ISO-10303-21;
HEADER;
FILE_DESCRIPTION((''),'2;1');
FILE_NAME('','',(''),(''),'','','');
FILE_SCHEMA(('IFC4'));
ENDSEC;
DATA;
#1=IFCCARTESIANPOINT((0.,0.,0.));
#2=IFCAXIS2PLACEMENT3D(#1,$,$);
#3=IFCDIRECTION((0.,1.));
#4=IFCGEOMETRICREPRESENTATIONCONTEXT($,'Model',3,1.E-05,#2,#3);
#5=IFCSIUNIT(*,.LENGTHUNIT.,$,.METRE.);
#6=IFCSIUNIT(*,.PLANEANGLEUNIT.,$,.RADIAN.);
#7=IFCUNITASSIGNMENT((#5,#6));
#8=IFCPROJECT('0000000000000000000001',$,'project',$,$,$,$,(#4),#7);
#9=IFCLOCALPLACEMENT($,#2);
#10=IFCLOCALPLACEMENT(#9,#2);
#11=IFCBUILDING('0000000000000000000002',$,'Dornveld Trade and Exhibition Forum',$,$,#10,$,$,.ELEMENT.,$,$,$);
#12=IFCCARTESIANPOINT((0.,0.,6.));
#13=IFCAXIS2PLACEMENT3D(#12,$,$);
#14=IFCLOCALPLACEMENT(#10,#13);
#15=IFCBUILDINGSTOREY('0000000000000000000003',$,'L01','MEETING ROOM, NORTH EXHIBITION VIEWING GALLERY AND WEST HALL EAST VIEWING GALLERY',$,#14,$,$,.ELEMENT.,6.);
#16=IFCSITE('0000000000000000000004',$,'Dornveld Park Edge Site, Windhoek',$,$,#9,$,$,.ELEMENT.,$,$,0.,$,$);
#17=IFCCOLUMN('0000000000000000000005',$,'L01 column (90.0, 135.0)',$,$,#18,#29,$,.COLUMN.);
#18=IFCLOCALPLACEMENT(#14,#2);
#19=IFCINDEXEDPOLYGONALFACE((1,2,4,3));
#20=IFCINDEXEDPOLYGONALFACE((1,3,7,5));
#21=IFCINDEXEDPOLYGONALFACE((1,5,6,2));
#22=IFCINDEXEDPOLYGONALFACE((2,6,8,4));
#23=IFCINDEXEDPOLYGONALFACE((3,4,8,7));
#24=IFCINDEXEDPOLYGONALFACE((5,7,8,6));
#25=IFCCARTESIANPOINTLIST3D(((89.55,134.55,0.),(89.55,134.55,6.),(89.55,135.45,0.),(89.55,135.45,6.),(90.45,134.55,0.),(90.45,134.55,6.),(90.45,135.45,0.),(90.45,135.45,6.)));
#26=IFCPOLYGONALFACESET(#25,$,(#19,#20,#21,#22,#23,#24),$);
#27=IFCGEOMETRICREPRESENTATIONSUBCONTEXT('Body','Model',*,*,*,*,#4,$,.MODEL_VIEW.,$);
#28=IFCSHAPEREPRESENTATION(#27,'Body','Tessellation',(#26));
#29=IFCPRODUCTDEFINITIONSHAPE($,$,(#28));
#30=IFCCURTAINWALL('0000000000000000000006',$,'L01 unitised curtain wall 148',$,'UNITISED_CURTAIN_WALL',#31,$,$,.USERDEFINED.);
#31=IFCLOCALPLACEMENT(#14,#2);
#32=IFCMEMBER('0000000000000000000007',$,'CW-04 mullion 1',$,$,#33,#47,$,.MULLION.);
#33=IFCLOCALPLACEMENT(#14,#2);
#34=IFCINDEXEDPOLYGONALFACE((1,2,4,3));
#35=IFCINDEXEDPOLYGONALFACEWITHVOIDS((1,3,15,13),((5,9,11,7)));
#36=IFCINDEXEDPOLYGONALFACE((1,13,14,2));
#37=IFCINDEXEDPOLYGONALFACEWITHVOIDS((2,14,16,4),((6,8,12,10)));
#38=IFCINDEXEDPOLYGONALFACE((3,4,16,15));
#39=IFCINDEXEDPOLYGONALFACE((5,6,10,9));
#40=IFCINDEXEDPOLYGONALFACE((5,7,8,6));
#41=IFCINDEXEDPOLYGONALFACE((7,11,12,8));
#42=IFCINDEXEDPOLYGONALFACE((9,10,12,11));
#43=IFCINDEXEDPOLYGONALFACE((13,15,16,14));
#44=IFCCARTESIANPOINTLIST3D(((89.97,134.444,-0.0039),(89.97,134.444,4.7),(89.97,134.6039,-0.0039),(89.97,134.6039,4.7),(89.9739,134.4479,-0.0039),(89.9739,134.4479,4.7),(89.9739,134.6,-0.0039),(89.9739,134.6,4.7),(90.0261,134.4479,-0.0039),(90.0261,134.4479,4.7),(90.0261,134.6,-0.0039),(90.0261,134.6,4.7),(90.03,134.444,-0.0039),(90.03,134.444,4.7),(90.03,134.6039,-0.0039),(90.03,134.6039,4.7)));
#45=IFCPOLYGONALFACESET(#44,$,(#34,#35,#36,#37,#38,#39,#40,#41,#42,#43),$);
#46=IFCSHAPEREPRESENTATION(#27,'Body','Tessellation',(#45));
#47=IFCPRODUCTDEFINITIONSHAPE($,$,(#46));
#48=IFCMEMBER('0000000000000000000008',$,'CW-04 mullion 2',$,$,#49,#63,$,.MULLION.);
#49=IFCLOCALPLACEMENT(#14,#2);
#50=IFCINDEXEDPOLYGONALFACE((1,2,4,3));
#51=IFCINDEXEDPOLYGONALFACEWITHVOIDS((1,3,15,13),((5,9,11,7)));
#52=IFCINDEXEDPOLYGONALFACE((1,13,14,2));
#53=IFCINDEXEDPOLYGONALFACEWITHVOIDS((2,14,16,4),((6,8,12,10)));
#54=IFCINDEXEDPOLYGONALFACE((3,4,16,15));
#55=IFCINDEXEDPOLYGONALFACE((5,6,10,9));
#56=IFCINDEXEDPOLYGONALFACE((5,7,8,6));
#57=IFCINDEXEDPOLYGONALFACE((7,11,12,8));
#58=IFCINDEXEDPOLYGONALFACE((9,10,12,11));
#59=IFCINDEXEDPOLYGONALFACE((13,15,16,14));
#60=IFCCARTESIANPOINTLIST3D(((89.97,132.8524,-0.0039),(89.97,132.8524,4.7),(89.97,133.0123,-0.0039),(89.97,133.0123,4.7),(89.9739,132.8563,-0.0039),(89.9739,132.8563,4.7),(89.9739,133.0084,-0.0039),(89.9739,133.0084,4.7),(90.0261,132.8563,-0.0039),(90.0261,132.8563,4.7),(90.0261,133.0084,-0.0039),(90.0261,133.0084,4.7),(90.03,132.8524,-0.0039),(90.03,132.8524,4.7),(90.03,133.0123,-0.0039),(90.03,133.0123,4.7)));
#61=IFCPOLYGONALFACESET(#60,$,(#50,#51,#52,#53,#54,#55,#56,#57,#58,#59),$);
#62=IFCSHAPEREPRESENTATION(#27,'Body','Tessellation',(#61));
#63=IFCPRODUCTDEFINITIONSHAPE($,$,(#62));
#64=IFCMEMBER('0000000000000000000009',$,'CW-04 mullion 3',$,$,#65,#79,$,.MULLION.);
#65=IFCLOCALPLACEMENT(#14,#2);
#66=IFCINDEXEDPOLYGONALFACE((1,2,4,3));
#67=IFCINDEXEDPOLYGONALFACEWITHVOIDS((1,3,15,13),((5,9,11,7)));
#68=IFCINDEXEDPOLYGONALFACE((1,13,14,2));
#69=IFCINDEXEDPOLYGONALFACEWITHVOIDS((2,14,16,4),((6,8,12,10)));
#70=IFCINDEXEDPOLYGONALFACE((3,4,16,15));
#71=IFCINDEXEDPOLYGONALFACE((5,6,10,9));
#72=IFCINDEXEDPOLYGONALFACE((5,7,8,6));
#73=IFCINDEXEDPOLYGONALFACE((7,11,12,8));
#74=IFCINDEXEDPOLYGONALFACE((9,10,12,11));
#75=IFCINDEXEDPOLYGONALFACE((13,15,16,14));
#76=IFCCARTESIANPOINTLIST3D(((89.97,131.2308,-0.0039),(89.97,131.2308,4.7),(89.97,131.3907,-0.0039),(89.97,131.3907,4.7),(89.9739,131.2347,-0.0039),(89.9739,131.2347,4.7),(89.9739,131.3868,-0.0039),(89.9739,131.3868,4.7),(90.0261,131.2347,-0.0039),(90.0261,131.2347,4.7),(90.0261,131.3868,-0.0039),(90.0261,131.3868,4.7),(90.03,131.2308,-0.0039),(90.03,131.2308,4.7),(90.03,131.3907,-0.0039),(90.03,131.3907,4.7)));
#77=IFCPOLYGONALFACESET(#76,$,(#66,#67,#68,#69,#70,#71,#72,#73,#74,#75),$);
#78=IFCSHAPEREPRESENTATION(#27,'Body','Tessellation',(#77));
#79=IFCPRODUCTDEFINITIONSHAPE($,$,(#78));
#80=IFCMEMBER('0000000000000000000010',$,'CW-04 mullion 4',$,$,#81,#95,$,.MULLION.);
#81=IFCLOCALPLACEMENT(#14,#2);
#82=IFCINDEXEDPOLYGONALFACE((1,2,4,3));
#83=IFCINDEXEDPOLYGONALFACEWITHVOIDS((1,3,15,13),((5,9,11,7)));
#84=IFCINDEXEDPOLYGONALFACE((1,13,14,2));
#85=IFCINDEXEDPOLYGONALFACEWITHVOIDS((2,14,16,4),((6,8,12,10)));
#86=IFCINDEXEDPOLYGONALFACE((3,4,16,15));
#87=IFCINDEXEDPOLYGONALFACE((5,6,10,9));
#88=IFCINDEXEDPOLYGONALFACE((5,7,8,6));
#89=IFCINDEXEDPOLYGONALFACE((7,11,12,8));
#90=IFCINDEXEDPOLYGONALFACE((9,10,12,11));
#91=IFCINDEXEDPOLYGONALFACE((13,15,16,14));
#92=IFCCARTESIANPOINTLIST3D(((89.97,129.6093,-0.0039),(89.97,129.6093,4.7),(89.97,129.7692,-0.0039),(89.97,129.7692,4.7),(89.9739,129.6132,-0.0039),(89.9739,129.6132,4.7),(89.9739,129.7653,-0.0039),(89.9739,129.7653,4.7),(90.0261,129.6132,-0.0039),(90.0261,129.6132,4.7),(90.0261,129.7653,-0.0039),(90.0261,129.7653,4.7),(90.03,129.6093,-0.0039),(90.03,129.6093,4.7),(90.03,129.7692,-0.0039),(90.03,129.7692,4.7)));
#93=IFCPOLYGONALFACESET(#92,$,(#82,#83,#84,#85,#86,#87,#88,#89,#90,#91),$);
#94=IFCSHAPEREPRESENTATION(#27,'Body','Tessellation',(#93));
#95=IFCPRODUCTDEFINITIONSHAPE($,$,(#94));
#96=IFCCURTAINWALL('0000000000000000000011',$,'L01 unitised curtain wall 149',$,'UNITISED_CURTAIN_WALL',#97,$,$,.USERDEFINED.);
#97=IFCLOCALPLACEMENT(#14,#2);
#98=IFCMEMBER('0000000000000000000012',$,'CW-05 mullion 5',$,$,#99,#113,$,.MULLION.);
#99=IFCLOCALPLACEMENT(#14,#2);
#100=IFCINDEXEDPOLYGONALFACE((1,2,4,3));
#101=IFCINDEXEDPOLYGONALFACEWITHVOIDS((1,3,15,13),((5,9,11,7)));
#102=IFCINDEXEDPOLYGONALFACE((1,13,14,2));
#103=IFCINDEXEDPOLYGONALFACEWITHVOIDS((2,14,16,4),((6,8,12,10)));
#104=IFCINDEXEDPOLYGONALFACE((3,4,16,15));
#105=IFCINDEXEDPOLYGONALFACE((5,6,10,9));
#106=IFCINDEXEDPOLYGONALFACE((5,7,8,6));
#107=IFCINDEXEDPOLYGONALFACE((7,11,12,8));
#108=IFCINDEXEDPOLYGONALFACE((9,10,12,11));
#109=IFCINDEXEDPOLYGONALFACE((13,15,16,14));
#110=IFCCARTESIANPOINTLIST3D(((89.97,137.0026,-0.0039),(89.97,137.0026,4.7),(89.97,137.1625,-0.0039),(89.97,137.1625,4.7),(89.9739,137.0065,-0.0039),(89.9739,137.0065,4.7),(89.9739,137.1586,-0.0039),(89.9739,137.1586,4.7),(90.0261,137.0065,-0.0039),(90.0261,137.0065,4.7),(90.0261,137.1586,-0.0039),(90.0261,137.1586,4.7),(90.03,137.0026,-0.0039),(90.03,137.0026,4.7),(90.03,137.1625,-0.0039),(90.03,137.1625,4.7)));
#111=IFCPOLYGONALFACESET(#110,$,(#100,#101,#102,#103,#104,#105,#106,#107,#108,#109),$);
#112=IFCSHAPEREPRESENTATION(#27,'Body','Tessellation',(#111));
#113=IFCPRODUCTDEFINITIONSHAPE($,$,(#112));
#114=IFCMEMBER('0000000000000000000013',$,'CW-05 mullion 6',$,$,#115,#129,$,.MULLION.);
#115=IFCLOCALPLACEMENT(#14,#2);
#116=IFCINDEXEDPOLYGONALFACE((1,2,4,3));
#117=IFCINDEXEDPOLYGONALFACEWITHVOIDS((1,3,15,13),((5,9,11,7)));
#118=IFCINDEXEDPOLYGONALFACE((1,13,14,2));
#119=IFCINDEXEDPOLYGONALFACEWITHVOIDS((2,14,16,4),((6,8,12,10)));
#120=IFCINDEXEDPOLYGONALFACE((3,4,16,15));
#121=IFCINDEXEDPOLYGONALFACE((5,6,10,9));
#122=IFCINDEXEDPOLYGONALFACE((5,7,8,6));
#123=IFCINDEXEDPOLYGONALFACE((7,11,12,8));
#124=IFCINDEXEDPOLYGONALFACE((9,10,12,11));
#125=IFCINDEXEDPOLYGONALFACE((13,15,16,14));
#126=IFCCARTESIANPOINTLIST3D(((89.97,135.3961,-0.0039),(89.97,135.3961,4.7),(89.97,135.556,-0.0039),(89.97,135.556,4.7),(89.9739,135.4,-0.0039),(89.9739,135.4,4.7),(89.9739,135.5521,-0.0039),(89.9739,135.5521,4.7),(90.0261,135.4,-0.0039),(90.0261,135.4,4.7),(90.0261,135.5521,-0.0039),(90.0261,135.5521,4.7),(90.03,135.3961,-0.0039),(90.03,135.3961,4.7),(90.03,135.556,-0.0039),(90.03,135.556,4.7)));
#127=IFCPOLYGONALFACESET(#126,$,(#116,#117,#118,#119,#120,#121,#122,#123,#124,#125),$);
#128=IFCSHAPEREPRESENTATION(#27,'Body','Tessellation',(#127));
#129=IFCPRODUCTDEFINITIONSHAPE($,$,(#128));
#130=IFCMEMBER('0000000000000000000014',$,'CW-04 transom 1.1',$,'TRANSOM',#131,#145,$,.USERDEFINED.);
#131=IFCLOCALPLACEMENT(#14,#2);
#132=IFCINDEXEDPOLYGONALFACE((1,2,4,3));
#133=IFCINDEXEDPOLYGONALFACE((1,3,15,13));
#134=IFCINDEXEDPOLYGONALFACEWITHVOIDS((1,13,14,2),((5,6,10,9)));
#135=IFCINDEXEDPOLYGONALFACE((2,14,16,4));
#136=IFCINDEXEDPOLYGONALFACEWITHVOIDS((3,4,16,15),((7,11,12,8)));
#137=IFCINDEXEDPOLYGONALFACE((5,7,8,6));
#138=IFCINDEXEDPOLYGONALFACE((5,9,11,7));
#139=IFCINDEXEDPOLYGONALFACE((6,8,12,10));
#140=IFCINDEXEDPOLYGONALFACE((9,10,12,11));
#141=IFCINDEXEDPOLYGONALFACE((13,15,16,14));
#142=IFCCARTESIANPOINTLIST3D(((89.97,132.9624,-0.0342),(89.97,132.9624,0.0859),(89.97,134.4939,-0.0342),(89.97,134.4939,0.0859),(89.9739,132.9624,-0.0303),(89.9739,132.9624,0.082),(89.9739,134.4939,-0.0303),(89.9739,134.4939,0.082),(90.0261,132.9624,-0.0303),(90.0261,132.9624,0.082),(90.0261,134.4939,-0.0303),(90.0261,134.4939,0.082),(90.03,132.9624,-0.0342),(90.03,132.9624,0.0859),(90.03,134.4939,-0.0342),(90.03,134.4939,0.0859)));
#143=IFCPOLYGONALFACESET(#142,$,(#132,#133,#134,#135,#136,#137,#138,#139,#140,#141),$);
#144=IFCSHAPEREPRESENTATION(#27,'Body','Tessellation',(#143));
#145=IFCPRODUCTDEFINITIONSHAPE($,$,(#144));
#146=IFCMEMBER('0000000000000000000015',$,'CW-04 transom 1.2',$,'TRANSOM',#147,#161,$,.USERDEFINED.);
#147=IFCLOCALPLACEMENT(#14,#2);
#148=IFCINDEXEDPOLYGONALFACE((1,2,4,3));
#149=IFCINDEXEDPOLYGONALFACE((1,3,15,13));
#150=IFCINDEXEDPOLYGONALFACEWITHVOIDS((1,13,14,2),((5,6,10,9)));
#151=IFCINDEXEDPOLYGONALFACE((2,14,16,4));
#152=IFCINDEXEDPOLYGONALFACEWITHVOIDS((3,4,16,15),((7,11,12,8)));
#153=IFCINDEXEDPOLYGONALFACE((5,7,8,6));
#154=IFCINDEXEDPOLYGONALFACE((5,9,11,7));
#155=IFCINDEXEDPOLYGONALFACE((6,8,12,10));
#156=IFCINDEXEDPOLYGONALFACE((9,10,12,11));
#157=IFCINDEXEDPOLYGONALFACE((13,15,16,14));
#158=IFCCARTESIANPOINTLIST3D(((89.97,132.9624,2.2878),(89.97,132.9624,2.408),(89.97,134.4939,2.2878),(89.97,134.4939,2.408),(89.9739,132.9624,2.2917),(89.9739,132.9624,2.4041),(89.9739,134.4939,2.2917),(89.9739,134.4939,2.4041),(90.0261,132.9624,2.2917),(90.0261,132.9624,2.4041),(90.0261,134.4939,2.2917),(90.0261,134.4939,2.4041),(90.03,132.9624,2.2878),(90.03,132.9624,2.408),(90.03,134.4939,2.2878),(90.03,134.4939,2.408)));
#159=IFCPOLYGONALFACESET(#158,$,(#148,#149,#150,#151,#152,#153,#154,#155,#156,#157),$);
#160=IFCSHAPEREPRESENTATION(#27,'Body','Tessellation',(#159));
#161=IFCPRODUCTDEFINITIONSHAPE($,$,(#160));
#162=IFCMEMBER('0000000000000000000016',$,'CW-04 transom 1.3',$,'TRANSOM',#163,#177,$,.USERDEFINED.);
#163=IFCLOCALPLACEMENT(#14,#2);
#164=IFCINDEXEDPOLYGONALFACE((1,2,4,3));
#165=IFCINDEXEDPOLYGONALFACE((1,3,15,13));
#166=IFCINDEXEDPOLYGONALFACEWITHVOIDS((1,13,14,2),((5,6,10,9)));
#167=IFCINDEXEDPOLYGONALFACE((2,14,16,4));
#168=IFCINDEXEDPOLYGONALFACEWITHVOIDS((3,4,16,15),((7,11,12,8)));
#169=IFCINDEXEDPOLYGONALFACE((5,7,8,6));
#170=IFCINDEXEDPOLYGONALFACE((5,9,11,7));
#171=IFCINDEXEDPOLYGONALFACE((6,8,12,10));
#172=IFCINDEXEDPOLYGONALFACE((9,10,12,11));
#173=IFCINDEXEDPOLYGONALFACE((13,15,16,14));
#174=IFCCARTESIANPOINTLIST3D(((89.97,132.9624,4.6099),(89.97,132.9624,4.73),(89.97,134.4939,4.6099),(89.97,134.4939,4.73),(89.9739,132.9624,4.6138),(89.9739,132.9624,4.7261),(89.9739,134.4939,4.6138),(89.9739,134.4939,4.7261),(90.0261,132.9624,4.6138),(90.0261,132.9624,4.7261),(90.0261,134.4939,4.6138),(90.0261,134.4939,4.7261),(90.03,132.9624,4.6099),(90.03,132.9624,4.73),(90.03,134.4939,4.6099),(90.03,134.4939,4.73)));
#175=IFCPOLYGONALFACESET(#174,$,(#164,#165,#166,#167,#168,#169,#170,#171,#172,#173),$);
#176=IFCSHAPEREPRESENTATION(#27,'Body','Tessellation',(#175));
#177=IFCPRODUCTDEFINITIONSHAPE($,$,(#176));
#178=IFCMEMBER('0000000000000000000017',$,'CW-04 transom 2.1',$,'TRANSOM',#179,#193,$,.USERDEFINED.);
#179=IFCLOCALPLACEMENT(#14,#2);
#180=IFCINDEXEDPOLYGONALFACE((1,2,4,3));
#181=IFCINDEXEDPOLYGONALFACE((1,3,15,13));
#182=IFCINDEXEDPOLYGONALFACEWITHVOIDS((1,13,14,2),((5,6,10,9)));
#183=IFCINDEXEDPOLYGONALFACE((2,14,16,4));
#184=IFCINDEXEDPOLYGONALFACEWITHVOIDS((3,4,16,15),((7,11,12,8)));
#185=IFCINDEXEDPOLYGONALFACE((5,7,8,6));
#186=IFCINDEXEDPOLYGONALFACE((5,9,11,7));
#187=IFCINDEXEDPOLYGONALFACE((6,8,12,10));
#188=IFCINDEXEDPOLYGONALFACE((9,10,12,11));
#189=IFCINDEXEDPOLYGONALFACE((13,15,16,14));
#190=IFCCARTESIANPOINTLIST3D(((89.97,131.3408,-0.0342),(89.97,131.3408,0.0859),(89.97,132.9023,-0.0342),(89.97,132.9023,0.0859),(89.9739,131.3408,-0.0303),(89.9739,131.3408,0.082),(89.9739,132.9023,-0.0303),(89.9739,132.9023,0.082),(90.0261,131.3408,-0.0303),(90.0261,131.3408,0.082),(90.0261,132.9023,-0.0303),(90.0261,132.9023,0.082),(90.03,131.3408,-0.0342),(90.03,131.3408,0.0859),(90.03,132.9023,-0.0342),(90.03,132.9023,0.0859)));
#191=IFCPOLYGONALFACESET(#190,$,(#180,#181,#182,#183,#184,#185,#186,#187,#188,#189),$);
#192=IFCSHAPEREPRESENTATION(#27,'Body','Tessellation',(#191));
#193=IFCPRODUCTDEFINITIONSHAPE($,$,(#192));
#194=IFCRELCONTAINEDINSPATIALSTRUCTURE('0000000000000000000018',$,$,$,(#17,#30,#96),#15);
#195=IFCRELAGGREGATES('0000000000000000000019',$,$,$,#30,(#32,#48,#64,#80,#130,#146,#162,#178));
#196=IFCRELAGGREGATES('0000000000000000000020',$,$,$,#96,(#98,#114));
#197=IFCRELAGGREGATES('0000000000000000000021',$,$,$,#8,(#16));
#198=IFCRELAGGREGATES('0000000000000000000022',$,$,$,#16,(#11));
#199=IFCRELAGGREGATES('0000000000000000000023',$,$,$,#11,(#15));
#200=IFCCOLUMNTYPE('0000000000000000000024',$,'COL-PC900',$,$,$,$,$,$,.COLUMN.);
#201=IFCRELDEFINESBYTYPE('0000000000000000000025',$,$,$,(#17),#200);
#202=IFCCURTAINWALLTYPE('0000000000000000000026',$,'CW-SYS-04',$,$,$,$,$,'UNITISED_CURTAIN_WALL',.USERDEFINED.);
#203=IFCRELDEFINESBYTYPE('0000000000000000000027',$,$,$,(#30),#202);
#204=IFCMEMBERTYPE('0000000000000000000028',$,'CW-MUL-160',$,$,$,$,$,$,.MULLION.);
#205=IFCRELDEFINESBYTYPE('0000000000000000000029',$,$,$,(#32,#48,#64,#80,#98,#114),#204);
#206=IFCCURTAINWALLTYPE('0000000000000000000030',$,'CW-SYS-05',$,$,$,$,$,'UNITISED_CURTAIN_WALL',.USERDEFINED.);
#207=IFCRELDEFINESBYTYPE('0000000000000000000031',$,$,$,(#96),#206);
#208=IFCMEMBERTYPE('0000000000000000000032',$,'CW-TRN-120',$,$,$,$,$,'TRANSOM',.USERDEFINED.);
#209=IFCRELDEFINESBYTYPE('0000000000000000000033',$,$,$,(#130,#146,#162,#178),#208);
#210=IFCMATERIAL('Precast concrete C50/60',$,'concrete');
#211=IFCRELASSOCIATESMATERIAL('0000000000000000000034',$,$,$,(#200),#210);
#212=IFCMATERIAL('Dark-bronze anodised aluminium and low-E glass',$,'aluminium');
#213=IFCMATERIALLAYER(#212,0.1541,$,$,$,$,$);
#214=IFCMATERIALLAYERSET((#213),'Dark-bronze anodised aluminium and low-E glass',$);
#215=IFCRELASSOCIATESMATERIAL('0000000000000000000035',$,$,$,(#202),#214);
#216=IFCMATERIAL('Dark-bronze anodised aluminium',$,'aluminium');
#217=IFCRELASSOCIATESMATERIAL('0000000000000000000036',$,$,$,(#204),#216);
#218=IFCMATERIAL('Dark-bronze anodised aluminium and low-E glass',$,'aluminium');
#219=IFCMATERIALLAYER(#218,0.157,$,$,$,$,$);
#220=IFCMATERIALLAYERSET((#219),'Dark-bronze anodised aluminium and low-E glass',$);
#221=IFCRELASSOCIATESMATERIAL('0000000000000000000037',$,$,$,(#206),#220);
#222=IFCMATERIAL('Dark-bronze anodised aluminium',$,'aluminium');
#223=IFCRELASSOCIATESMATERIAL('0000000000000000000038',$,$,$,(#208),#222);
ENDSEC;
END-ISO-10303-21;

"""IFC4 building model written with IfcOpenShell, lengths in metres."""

from ifc_helpers import new_model, si_unit, direction, frame, origin, origin_2d, place, context, subcontext, project, spatial, rectangle, hollow_rectangle, extrude, material, layer, layer_set, material_profile, profile_set, type_object, element, aggregate, save


model = new_model("IFC4")

# Units and contexts
model_context = context("Model", 3, precision=1e-05, world=origin(), true_north=direction((0.0, 1.0)))
body_context = subcontext(model_context, "Body", "Model", "MODEL_VIEW")
ifc_project = project(units=[si_unit("LENGTHUNIT", "METRE"), si_unit("PLANEANGLEUNIT", "RADIAN")], contexts=[model_context])

# Site, building, storey
site_placement = place(None, origin())
site = spatial("IfcSite", under=ifc_project, at=site_placement, Name="Dornveld Park Edge Site, Windhoek", CompositionType="ELEMENT", RefElevation=0.0)
building_placement = place(site_placement, origin())
building = spatial("IfcBuilding", under=site, at=building_placement, Name="Dornveld Trade and Exhibition Forum", CompositionType="ELEMENT")
storey_placement = place(building_placement, frame((0.0, 0.0, 6.0)))
storey = spatial("IfcBuildingStorey", under=building, at=storey_placement, Name="L01", Description="MEETING ROOM, NORTH EXHIBITION VIEWING GALLERY AND WEST HALL EAST VIEWING GALLERY", CompositionType="ELEMENT", Elevation=6.0)

# Column
ifc_material_1 = material(Name="Precast concrete C50/60", Category="concrete")
ifc_material_profile_1 = material_profile(ifc_material_1, rectangle(XDim=0.8999, YDim=0.8999, at=origin_2d()), Name="PC-COL 900x900")
ifc_profile_set_1 = profile_set([ifc_material_profile_1], Name="Precast concrete C50/60")
column_type = type_object("IfcColumnType", Name="COL-PC900", PredefinedType="COLUMN", material=ifc_profile_set_1)
column_placement = place(storey_placement, frame((90.0, 135.0, 0.0), z_axis=(0.0, 0.0, 1.0), x_axis=(1.0, 0.0, 0.0)))
element("IfcColumn", 1, at=column_placement, inside=storey, type_object=column_type, Name="L01 column (90.0, 135.0)", PredefinedType="COLUMN", context=body_context, shape_type="SweptSolid", body=[
    extrude(rectangle(XDim=0.8999, YDim=0.8999, at=origin_2d()), origin(), (0.0, 0.0, 1.0), 6.0),
])

# Curtain walls, members
ifc_material_2 = material(Name="Dark-bronze anodised aluminium and low-E glass", Category="aluminium")
ifc_layer_1 = layer(ifc_material_2, 0.1541)
ifc_layer_set_1 = layer_set([ifc_layer_1], Name="Dark-bronze anodised aluminium and low-E glass")
curtain_wall_type_1 = type_object("IfcCurtainWallType", Name="CW-SYS-04", ElementType="UNITISED_CURTAIN_WALL", PredefinedType="USERDEFINED", material=ifc_layer_set_1)
curtain_wall_1_placement = place(storey_placement, origin())
curtain_wall_1 = element("IfcCurtainWall", 2, at=curtain_wall_1_placement, inside=storey, type_object=curtain_wall_type_1, Name="L01 unitised curtain wall 148", ObjectType="UNITISED_CURTAIN_WALL", PredefinedType="USERDEFINED")
ifc_material_3 = material(Name="Dark-bronze anodised aluminium", Category="aluminium")
ifc_material_profile_2 = material_profile(ifc_material_3, hollow_rectangle(XDim=0.0601, YDim=0.1599, WallThickness=0.0039, at=origin_2d()), Name="RHS 160x60x4")
ifc_profile_set_2 = profile_set([ifc_material_profile_2], Name="Dark-bronze anodised aluminium")
member_type_1 = type_object("IfcMemberType", Name="CW-MUL-160", PredefinedType="MULLION", material=ifc_profile_set_2)
member_1_placement = place(storey_placement, frame((90.0, 134.5239, -0.0039), z_axis=(0.0, 0.0, 1.0), x_axis=(1.0, 0.0, 0.0)))
member_1 = element("IfcMember", 3, at=member_1_placement, type_object=member_type_1, Name="CW-04 mullion 1", PredefinedType="MULLION", context=body_context, shape_type="SweptSolid", body=[
    extrude(hollow_rectangle(XDim=0.0601, YDim=0.1599, WallThickness=0.0039, at=origin_2d()), origin(), (0.0, 0.0, 1.0), 4.7039),
])
member_2_placement = place(storey_placement, frame((90.0, 132.9324, -0.0039), z_axis=(0.0, 0.0, 1.0), x_axis=(1.0, 0.0, 0.0)))
member_2 = element("IfcMember", 4, at=member_2_placement, type_object=member_type_1, Name="CW-04 mullion 2", PredefinedType="MULLION", context=body_context, shape_type="SweptSolid", body=[
    extrude(hollow_rectangle(XDim=0.0601, YDim=0.1599, WallThickness=0.0039, at=origin_2d()), origin(), (0.0, 0.0, 1.0), 4.7039),
])
member_3_placement = place(storey_placement, frame((90.0, 131.3108, -0.0039), z_axis=(0.0, 0.0, 1.0), x_axis=(1.0, 0.0, 0.0)))
member_3 = element("IfcMember", 5, at=member_3_placement, type_object=member_type_1, Name="CW-04 mullion 3", PredefinedType="MULLION", context=body_context, shape_type="SweptSolid", body=[
    extrude(hollow_rectangle(XDim=0.0601, YDim=0.1599, WallThickness=0.0039, at=origin_2d()), origin(), (0.0, 0.0, 1.0), 4.7039),
])
member_4_placement = place(storey_placement, frame((90.0, 129.6892, -0.0039), z_axis=(0.0, 0.0, 1.0), x_axis=(1.0, 0.0, 0.0)))
member_4 = element("IfcMember", 6, at=member_4_placement, type_object=member_type_1, Name="CW-04 mullion 4", PredefinedType="MULLION", context=body_context, shape_type="SweptSolid", body=[
    extrude(hollow_rectangle(XDim=0.0601, YDim=0.1599, WallThickness=0.0039, at=origin_2d()), origin(), (0.0, 0.0, 1.0), 4.7039),
])
ifc_material_4 = material(Name="Dark-bronze anodised aluminium and low-E glass", Category="aluminium")
ifc_layer_2 = layer(ifc_material_4, 0.157)
ifc_layer_set_2 = layer_set([ifc_layer_2], Name="Dark-bronze anodised aluminium and low-E glass")
curtain_wall_type_2 = type_object("IfcCurtainWallType", Name="CW-SYS-05", ElementType="UNITISED_CURTAIN_WALL", PredefinedType="USERDEFINED", material=ifc_layer_set_2)
curtain_wall_2_placement = place(storey_placement, origin())
curtain_wall_2 = element("IfcCurtainWall", 7, at=curtain_wall_2_placement, inside=storey, type_object=curtain_wall_type_2, Name="L01 unitised curtain wall 149", ObjectType="UNITISED_CURTAIN_WALL", PredefinedType="USERDEFINED")
member_5_placement = place(storey_placement, frame((90.0, 137.0825, -0.0039), z_axis=(0.0, 0.0, 1.0), x_axis=(1.0, 0.0, 0.0)))
member_5 = element("IfcMember", 8, at=member_5_placement, type_object=member_type_1, Name="CW-05 mullion 5", PredefinedType="MULLION", context=body_context, shape_type="SweptSolid", body=[
    extrude(hollow_rectangle(XDim=0.0601, YDim=0.1599, WallThickness=0.0039, at=origin_2d()), origin(), (0.0, 0.0, 1.0), 4.7039),
])
member_6_placement = place(storey_placement, frame((90.0, 135.4761, -0.0039), z_axis=(0.0, 0.0, 1.0), x_axis=(1.0, 0.0, 0.0)))
member_6 = element("IfcMember", 9, at=member_6_placement, type_object=member_type_1, Name="CW-05 mullion 6", PredefinedType="MULLION", context=body_context, shape_type="SweptSolid", body=[
    extrude(hollow_rectangle(XDim=0.0601, YDim=0.1599, WallThickness=0.0039, at=origin_2d()), origin(), (0.0, 0.0, 1.0), 4.7039),
])

# Members
ifc_material_5 = material(Name="Dark-bronze anodised aluminium", Category="aluminium")
ifc_material_profile_3 = material_profile(ifc_material_5, hollow_rectangle(XDim=0.0601, YDim=0.1201, WallThickness=0.0039, at=origin_2d()), Name="RHS 120x60x4")
ifc_profile_set_3 = profile_set([ifc_material_profile_3], Name="Dark-bronze anodised aluminium")
member_type_2 = type_object("IfcMemberType", Name="CW-TRN-120", ElementType="TRANSOM", PredefinedType="USERDEFINED", material=ifc_profile_set_3)
member_7_placement = place(storey_placement, frame((90.0, 134.4939, 0.0259), z_axis=(0.0, -1.0, 0.0), x_axis=(1.0, 0.0, 0.0)))
member_7 = element("IfcMember", 10, at=member_7_placement, type_object=member_type_2, Name="CW-04 transom 1.1", ObjectType="TRANSOM", PredefinedType="USERDEFINED", context=body_context, shape_type="SweptSolid", body=[
    extrude(hollow_rectangle(XDim=0.0601, YDim=0.1201, WallThickness=0.0039, at=origin_2d()), origin(), (0.0, 0.0, 1.0), 1.5315),
])
member_8_placement = place(storey_placement, frame((90.0, 134.4939, 2.3479), z_axis=(0.0, -1.0, 0.0), x_axis=(1.0, 0.0, 0.0)))
member_8 = element("IfcMember", 11, at=member_8_placement, type_object=member_type_2, Name="CW-04 transom 1.2", ObjectType="TRANSOM", PredefinedType="USERDEFINED", context=body_context, shape_type="SweptSolid", body=[
    extrude(hollow_rectangle(XDim=0.0601, YDim=0.1201, WallThickness=0.0039, at=origin_2d()), origin(), (0.0, 0.0, 1.0), 1.5315),
])
member_9_placement = place(storey_placement, frame((90.0, 134.4939, 4.6699), z_axis=(0.0, -1.0, 0.0), x_axis=(1.0, 0.0, 0.0)))
member_9 = element("IfcMember", 12, at=member_9_placement, type_object=member_type_2, Name="CW-04 transom 1.3", ObjectType="TRANSOM", PredefinedType="USERDEFINED", context=body_context, shape_type="SweptSolid", body=[
    extrude(hollow_rectangle(XDim=0.0601, YDim=0.1201, WallThickness=0.0039, at=origin_2d()), origin(), (0.0, 0.0, 1.0), 1.5315),
])
member_10_placement = place(storey_placement, frame((90.0, 132.9023, 0.0259), z_axis=(0.0, -1.0, 0.0), x_axis=(1.0, 0.0, 0.0)))
member_10 = element("IfcMember", 13, at=member_10_placement, type_object=member_type_2, Name="CW-04 transom 2.1", ObjectType="TRANSOM", PredefinedType="USERDEFINED", context=body_context, shape_type="SweptSolid", body=[
    extrude(hollow_rectangle(XDim=0.0601, YDim=0.1201, WallThickness=0.0039, at=origin_2d()), origin(), (0.0, 0.0, 1.0), 1.5615),
])

aggregate(curtain_wall_1, [member_1, member_2, member_3, member_4, member_7, member_8, member_9, member_10])
aggregate(curtain_wall_2, [member_5, member_6])

save(model, "model.ifc")
